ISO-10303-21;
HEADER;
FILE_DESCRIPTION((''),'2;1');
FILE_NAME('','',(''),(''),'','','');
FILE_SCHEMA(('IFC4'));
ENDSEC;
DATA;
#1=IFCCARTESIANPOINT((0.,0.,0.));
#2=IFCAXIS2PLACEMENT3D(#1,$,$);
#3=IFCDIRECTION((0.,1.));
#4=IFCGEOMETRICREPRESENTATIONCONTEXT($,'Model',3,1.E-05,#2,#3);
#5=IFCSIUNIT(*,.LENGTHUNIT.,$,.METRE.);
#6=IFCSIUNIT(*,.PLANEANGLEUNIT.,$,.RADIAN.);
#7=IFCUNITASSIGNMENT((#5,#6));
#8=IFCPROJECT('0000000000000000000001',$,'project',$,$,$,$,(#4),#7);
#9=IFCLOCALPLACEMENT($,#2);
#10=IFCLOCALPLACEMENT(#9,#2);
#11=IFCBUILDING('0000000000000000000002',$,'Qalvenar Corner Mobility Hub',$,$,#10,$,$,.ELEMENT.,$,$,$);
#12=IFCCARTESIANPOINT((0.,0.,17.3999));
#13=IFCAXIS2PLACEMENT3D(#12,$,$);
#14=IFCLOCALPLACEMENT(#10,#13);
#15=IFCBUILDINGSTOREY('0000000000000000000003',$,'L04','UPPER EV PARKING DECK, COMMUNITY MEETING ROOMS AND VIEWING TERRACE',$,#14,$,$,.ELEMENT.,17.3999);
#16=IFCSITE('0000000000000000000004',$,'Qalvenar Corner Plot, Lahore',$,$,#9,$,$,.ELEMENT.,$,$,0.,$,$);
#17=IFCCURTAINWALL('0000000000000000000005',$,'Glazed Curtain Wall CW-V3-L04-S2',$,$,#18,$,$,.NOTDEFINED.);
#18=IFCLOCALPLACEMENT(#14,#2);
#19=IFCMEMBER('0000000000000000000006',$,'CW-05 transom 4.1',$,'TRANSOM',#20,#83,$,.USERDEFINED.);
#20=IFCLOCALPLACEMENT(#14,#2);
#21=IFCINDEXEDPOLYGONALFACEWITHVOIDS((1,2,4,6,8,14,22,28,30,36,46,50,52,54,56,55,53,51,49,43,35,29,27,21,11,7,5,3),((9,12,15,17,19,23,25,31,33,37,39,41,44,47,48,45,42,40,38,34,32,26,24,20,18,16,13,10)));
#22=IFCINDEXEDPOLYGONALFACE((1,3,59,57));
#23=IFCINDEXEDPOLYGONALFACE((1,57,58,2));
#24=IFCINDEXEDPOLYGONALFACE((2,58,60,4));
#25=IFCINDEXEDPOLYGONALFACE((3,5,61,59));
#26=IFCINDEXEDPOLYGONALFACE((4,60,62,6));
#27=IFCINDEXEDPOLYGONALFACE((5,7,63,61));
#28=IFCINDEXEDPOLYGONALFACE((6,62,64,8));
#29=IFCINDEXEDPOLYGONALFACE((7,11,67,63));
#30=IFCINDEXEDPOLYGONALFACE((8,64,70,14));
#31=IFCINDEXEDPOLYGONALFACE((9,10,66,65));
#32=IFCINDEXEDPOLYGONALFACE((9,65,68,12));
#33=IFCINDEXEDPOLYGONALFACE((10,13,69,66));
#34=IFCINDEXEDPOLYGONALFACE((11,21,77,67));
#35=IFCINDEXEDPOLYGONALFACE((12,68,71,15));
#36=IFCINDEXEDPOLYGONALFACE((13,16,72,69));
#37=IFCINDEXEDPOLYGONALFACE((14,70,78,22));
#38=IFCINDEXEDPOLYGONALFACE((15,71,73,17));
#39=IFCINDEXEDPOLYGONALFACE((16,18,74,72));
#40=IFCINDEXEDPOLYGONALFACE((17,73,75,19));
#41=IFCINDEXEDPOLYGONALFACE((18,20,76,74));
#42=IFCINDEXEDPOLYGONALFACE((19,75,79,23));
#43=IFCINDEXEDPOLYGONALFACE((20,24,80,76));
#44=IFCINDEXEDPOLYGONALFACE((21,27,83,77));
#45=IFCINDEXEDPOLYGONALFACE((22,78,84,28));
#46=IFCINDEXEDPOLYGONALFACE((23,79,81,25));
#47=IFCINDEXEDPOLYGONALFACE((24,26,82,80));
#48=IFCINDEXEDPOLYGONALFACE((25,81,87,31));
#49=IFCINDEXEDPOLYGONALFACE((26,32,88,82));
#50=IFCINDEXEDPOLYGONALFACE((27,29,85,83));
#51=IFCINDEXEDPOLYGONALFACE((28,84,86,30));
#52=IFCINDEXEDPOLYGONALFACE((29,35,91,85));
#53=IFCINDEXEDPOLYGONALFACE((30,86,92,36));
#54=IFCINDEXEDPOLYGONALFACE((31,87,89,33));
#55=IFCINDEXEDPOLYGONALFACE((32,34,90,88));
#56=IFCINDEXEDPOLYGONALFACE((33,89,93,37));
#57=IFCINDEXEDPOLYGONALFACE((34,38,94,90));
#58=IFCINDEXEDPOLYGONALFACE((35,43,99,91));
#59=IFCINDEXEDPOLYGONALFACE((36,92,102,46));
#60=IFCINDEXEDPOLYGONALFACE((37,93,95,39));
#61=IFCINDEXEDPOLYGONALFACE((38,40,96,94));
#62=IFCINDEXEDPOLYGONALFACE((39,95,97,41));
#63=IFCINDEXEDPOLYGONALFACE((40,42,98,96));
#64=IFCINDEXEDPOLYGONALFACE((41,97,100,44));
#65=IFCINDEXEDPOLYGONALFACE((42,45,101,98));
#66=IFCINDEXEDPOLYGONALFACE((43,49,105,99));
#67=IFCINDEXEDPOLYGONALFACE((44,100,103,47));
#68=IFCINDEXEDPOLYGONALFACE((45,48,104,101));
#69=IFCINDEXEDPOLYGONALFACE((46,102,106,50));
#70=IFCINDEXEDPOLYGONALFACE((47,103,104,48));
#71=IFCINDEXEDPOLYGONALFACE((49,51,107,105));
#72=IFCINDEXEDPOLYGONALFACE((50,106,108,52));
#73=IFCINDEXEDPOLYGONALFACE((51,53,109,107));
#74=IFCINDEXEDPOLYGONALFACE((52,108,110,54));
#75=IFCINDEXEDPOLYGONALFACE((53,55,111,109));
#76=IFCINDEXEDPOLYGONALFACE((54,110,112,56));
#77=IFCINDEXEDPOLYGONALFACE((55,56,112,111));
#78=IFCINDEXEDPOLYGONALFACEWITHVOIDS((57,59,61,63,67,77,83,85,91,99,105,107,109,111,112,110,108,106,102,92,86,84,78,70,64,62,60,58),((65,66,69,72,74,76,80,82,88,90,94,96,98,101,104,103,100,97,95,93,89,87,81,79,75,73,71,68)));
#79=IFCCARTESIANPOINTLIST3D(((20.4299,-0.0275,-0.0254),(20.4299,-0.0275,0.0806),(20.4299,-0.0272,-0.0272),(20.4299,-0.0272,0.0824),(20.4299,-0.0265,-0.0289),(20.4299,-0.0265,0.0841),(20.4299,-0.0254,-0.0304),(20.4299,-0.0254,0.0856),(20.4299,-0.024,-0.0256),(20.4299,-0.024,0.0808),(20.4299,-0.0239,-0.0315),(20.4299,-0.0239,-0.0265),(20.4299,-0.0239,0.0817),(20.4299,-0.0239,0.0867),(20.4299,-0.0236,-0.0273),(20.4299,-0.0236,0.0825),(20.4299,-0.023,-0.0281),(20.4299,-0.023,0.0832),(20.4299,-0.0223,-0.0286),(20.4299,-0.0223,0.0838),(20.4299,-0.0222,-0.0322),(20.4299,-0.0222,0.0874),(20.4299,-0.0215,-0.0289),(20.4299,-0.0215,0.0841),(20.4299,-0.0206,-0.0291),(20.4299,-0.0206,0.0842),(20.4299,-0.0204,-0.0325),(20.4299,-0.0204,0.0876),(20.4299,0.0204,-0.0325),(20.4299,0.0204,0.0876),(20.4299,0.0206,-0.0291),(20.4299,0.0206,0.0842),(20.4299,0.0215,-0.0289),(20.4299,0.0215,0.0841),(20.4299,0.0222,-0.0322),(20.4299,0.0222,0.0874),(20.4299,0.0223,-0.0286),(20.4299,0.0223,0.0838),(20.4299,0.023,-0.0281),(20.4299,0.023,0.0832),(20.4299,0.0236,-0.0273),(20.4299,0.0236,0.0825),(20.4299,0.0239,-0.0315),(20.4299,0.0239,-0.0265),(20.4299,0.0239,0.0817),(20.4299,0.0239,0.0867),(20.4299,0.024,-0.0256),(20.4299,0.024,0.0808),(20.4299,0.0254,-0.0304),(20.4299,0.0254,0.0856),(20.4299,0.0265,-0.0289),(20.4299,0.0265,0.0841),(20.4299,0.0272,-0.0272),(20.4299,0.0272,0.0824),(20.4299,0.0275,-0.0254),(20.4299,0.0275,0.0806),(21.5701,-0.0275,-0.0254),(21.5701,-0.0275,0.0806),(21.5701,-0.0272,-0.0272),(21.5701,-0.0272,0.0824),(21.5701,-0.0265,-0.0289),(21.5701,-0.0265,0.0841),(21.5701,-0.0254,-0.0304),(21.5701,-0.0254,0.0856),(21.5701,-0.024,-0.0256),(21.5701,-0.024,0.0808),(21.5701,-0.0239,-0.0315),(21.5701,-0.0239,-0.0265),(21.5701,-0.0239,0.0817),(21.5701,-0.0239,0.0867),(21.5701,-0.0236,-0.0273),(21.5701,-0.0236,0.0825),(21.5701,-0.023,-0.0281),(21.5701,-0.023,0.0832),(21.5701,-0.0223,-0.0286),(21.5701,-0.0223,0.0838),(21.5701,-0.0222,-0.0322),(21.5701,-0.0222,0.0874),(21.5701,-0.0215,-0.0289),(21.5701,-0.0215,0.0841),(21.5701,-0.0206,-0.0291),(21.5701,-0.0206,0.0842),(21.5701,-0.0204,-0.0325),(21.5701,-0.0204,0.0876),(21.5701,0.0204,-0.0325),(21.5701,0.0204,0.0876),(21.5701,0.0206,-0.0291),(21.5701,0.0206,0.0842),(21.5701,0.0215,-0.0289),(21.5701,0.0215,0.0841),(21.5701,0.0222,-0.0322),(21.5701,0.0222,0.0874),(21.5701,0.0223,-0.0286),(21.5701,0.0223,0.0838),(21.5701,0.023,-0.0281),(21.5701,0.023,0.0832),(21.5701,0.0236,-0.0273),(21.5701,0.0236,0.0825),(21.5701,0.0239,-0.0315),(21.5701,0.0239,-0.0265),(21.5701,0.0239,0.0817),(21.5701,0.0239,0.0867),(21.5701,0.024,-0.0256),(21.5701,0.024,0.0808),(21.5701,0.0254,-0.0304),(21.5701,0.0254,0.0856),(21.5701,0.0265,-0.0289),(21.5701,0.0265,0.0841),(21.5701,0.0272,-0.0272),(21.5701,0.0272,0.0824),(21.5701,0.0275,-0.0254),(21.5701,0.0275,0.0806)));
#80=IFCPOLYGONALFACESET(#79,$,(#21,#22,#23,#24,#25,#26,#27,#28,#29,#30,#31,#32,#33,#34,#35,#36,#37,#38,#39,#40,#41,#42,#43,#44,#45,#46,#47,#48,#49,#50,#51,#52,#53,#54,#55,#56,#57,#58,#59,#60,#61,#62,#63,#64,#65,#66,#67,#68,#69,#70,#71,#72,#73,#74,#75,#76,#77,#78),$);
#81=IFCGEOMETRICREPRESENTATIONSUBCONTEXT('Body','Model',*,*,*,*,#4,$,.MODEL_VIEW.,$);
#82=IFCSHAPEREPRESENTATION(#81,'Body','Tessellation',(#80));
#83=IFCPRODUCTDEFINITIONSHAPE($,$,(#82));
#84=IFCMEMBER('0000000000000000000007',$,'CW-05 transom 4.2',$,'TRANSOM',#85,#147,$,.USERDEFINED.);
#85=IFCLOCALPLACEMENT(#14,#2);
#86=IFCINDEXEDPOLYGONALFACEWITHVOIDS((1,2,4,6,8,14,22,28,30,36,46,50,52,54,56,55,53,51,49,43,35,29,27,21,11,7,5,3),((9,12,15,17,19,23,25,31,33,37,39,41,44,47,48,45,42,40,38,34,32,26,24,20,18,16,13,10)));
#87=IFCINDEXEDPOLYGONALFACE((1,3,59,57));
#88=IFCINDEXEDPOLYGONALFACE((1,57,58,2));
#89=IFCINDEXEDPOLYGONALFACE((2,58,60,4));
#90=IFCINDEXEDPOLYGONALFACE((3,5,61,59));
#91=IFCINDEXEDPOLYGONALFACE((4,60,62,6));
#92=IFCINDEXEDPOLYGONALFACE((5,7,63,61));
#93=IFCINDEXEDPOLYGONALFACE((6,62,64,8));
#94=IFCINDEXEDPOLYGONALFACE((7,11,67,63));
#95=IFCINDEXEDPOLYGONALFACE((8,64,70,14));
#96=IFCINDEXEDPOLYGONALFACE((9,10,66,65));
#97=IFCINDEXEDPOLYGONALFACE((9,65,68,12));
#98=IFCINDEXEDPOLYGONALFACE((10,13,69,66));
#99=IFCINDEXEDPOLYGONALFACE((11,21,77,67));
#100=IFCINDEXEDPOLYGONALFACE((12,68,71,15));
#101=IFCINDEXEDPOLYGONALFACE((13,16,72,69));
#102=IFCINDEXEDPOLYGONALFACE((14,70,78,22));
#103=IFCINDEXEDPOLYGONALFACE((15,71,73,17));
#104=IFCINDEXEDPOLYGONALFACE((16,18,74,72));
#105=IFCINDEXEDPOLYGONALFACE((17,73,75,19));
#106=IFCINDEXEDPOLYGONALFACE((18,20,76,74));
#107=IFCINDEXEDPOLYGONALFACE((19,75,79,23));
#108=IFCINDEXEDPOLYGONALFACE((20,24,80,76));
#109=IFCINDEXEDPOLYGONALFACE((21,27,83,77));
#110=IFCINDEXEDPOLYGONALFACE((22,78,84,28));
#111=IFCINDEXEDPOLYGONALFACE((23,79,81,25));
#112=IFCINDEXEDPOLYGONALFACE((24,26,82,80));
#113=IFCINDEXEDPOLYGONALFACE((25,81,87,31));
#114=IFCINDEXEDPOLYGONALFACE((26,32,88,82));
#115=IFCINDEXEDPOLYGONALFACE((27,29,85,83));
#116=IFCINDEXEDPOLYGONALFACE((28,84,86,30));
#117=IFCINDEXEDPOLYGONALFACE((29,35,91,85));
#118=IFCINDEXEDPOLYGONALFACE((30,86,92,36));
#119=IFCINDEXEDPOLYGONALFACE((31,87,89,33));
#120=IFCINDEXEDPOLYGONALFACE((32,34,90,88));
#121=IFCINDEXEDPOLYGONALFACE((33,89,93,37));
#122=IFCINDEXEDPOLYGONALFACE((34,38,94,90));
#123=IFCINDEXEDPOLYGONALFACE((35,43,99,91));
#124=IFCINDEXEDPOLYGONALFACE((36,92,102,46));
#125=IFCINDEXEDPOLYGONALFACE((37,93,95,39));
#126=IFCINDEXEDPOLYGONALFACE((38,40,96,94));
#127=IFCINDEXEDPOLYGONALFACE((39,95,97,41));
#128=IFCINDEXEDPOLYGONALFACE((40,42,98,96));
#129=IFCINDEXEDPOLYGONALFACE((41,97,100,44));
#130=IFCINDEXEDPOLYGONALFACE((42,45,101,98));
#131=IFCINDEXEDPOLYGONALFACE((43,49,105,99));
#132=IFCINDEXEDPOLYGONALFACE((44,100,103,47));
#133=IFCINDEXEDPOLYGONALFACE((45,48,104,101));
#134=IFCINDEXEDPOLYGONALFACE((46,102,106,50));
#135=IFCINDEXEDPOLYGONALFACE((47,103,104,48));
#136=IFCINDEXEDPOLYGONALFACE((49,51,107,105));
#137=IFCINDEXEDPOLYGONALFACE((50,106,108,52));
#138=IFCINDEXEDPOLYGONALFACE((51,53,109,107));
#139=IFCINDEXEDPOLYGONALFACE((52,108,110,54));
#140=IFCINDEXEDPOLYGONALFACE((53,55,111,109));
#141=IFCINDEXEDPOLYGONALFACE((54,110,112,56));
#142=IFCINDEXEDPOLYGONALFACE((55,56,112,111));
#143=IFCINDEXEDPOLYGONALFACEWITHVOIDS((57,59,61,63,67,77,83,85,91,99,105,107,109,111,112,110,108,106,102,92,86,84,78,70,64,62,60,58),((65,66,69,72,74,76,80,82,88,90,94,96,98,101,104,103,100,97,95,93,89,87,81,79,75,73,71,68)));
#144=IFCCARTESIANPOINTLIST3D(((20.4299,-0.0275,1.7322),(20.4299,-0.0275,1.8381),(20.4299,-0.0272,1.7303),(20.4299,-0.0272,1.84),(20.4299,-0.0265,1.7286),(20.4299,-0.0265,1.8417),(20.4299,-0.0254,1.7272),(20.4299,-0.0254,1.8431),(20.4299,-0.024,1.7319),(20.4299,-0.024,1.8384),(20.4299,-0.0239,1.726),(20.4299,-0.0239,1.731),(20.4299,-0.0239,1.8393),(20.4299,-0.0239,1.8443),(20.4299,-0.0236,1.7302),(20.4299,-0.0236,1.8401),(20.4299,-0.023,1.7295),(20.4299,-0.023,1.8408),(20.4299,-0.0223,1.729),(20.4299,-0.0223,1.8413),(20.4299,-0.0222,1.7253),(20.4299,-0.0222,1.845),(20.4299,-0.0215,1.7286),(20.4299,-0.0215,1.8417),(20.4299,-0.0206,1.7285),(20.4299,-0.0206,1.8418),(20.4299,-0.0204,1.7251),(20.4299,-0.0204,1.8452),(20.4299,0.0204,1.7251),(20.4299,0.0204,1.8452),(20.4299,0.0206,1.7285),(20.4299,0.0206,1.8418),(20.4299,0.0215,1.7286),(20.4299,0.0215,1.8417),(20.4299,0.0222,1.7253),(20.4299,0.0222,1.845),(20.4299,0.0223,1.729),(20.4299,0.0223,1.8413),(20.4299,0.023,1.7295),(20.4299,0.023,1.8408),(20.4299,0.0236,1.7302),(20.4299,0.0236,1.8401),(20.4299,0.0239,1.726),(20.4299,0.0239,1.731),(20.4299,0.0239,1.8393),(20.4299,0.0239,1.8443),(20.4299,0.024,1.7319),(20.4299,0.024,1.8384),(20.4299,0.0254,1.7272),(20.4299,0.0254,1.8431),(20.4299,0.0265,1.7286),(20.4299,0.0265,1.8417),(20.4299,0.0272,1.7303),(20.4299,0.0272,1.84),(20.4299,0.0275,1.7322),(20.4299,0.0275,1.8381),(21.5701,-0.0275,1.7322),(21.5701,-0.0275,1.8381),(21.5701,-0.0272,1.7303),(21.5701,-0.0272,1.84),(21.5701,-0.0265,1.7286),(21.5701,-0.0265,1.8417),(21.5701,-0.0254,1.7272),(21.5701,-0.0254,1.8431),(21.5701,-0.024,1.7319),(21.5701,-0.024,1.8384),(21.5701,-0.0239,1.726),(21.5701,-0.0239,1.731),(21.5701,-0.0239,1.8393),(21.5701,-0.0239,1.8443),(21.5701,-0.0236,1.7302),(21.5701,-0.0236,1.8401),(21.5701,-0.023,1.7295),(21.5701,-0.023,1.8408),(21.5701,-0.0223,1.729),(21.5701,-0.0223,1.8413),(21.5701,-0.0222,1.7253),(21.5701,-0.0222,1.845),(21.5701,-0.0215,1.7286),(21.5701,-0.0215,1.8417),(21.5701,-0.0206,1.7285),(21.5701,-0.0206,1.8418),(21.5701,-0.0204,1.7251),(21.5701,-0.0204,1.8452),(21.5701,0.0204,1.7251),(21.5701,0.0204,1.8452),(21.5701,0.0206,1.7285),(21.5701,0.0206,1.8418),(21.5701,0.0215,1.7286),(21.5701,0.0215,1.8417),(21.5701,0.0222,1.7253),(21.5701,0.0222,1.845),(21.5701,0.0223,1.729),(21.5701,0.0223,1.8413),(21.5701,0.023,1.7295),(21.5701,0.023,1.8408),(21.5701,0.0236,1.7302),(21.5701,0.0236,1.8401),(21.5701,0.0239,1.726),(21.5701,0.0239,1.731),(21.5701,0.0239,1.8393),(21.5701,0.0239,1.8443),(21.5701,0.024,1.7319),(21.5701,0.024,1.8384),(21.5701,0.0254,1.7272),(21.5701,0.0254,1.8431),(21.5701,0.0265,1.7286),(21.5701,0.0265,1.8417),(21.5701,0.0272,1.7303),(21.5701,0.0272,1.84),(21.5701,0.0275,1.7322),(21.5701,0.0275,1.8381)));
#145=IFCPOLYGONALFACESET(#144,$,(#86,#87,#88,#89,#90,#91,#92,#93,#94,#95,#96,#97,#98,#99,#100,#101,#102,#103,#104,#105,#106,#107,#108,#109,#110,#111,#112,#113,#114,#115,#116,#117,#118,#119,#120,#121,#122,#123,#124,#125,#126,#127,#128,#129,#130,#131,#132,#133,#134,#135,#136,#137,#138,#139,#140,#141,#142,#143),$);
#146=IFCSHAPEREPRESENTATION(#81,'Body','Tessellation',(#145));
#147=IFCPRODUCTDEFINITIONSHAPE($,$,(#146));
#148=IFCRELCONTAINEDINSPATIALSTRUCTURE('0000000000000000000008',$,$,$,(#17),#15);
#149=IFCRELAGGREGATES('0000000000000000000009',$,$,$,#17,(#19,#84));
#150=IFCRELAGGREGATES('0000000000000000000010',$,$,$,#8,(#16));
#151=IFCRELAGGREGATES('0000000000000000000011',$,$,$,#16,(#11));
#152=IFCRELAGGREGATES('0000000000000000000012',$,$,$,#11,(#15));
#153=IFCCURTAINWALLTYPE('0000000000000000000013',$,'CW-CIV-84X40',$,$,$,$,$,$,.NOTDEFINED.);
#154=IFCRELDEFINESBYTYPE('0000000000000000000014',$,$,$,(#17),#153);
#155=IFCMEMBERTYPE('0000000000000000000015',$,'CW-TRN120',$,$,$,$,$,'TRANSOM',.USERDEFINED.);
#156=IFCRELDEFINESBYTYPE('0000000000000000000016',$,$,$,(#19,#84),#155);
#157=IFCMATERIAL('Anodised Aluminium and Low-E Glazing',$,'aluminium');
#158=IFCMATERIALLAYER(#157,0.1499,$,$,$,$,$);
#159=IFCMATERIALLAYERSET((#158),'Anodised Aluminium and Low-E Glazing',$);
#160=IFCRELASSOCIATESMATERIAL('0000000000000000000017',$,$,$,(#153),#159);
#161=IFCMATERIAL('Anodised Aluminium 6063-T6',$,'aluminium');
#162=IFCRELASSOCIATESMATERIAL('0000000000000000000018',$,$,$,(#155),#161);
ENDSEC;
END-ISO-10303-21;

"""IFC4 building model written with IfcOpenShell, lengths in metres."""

from ifc_helpers import new_model, si_unit, direction, frame, origin, origin_2d, place, context, subcontext, project, spatial, hollow_rectangle, extrude, material, layer, layer_set, material_profile, profile_set, type_object, element, aggregate, save


model = new_model("IFC4")

# Units and contexts
model_context = context("Model", 3, precision=1e-05, world=origin(), true_north=direction((0.0, 1.0)))
body_context = subcontext(model_context, "Body", "Model", "MODEL_VIEW")
ifc_project = project(units=[si_unit("LENGTHUNIT", "METRE"), si_unit("PLANEANGLEUNIT", "RADIAN")], contexts=[model_context])

# Site, building, storey
site_placement = place(None, origin())
site = spatial("IfcSite", under=ifc_project, at=site_placement, Name="Qalvenar Corner Plot, Lahore", CompositionType="ELEMENT", RefElevation=0.0)
building_placement = place(site_placement, origin())
building = spatial("IfcBuilding", under=site, at=building_placement, Name="Qalvenar Corner Mobility Hub", CompositionType="ELEMENT")
storey_placement = place(building_placement, frame((0.0, 0.0, 17.3999)))
storey = spatial("IfcBuildingStorey", under=building, at=storey_placement, Name="L04", Description="UPPER EV PARKING DECK, COMMUNITY MEETING ROOMS AND VIEWING TERRACE", CompositionType="ELEMENT", Elevation=17.3999)

# Curtain wall, members
ifc_material_1 = material(Name="Anodised Aluminium and Low-E Glazing", Category="aluminium")
ifc_layer_1 = layer(ifc_material_1, 0.1499)
ifc_layer_set_1 = layer_set([ifc_layer_1], Name="Anodised Aluminium and Low-E Glazing")
curtain_wall_type = type_object("IfcCurtainWallType", Name="CW-CIV-84X40", PredefinedType="NOTDEFINED", material=ifc_layer_set_1)
curtain_wall_placement = place(storey_placement, origin())
curtain_wall = element("IfcCurtainWall", 1, at=curtain_wall_placement, inside=storey, type_object=curtain_wall_type, Name="Glazed Curtain Wall CW-V3-L04-S2", PredefinedType="NOTDEFINED")
ifc_material_2 = material(Name="Anodised Aluminium 6063-T6", Category="aluminium")
ifc_material_profile_1 = material_profile(ifc_material_2, hollow_rectangle(XDim=0.0549, YDim=0.1201, WallThickness=0.0034, InnerFilletRadius=0.0034, OuterFilletRadius=0.0071, at=origin_2d()), Name="RHS120x55x3.5")
ifc_profile_set_1 = profile_set([ifc_material_profile_1], Name="Anodised Aluminium 6063-T6")
member_type_1 = type_object("IfcMemberType", Name="CW-TRN120", ElementType="TRANSOM", PredefinedType="USERDEFINED", material=ifc_profile_set_1)
member_1_placement = place(storey_placement, frame((20.4299, 0.0, 0.0276), z_axis=(1.0, 0.0, 0.0), x_axis=(0.0, 1.0, 0.0)))
member_1 = element("IfcMember", 2, at=member_1_placement, type_object=member_type_1, Name="CW-05 transom 4.1", ObjectType="TRANSOM", PredefinedType="USERDEFINED", context=body_context, shape_type="SweptSolid", body=[
    extrude(hollow_rectangle(XDim=0.0549, YDim=0.1201, WallThickness=0.0034, InnerFilletRadius=0.0034, OuterFilletRadius=0.0071, at=origin_2d()), origin(), (0.0, 0.0, 1.0), 1.1401),
])
member_2_placement = place(storey_placement, frame((20.4299, 0.0, 1.7852), z_axis=(1.0, 0.0, 0.0), x_axis=(0.0, 1.0, 0.0)))
member_2 = element("IfcMember", 3, at=member_2_placement, type_object=member_type_1, Name="CW-05 transom 4.2", ObjectType="TRANSOM", PredefinedType="USERDEFINED", context=body_context, shape_type="SweptSolid", body=[
    extrude(hollow_rectangle(XDim=0.0549, YDim=0.1201, WallThickness=0.0034, InnerFilletRadius=0.0034, OuterFilletRadius=0.0071, at=origin_2d()), origin(), (0.0, 0.0, 1.0), 1.1401),
])
aggregate(curtain_wall, [member_1, member_2])

save(model, "model.ifc")
